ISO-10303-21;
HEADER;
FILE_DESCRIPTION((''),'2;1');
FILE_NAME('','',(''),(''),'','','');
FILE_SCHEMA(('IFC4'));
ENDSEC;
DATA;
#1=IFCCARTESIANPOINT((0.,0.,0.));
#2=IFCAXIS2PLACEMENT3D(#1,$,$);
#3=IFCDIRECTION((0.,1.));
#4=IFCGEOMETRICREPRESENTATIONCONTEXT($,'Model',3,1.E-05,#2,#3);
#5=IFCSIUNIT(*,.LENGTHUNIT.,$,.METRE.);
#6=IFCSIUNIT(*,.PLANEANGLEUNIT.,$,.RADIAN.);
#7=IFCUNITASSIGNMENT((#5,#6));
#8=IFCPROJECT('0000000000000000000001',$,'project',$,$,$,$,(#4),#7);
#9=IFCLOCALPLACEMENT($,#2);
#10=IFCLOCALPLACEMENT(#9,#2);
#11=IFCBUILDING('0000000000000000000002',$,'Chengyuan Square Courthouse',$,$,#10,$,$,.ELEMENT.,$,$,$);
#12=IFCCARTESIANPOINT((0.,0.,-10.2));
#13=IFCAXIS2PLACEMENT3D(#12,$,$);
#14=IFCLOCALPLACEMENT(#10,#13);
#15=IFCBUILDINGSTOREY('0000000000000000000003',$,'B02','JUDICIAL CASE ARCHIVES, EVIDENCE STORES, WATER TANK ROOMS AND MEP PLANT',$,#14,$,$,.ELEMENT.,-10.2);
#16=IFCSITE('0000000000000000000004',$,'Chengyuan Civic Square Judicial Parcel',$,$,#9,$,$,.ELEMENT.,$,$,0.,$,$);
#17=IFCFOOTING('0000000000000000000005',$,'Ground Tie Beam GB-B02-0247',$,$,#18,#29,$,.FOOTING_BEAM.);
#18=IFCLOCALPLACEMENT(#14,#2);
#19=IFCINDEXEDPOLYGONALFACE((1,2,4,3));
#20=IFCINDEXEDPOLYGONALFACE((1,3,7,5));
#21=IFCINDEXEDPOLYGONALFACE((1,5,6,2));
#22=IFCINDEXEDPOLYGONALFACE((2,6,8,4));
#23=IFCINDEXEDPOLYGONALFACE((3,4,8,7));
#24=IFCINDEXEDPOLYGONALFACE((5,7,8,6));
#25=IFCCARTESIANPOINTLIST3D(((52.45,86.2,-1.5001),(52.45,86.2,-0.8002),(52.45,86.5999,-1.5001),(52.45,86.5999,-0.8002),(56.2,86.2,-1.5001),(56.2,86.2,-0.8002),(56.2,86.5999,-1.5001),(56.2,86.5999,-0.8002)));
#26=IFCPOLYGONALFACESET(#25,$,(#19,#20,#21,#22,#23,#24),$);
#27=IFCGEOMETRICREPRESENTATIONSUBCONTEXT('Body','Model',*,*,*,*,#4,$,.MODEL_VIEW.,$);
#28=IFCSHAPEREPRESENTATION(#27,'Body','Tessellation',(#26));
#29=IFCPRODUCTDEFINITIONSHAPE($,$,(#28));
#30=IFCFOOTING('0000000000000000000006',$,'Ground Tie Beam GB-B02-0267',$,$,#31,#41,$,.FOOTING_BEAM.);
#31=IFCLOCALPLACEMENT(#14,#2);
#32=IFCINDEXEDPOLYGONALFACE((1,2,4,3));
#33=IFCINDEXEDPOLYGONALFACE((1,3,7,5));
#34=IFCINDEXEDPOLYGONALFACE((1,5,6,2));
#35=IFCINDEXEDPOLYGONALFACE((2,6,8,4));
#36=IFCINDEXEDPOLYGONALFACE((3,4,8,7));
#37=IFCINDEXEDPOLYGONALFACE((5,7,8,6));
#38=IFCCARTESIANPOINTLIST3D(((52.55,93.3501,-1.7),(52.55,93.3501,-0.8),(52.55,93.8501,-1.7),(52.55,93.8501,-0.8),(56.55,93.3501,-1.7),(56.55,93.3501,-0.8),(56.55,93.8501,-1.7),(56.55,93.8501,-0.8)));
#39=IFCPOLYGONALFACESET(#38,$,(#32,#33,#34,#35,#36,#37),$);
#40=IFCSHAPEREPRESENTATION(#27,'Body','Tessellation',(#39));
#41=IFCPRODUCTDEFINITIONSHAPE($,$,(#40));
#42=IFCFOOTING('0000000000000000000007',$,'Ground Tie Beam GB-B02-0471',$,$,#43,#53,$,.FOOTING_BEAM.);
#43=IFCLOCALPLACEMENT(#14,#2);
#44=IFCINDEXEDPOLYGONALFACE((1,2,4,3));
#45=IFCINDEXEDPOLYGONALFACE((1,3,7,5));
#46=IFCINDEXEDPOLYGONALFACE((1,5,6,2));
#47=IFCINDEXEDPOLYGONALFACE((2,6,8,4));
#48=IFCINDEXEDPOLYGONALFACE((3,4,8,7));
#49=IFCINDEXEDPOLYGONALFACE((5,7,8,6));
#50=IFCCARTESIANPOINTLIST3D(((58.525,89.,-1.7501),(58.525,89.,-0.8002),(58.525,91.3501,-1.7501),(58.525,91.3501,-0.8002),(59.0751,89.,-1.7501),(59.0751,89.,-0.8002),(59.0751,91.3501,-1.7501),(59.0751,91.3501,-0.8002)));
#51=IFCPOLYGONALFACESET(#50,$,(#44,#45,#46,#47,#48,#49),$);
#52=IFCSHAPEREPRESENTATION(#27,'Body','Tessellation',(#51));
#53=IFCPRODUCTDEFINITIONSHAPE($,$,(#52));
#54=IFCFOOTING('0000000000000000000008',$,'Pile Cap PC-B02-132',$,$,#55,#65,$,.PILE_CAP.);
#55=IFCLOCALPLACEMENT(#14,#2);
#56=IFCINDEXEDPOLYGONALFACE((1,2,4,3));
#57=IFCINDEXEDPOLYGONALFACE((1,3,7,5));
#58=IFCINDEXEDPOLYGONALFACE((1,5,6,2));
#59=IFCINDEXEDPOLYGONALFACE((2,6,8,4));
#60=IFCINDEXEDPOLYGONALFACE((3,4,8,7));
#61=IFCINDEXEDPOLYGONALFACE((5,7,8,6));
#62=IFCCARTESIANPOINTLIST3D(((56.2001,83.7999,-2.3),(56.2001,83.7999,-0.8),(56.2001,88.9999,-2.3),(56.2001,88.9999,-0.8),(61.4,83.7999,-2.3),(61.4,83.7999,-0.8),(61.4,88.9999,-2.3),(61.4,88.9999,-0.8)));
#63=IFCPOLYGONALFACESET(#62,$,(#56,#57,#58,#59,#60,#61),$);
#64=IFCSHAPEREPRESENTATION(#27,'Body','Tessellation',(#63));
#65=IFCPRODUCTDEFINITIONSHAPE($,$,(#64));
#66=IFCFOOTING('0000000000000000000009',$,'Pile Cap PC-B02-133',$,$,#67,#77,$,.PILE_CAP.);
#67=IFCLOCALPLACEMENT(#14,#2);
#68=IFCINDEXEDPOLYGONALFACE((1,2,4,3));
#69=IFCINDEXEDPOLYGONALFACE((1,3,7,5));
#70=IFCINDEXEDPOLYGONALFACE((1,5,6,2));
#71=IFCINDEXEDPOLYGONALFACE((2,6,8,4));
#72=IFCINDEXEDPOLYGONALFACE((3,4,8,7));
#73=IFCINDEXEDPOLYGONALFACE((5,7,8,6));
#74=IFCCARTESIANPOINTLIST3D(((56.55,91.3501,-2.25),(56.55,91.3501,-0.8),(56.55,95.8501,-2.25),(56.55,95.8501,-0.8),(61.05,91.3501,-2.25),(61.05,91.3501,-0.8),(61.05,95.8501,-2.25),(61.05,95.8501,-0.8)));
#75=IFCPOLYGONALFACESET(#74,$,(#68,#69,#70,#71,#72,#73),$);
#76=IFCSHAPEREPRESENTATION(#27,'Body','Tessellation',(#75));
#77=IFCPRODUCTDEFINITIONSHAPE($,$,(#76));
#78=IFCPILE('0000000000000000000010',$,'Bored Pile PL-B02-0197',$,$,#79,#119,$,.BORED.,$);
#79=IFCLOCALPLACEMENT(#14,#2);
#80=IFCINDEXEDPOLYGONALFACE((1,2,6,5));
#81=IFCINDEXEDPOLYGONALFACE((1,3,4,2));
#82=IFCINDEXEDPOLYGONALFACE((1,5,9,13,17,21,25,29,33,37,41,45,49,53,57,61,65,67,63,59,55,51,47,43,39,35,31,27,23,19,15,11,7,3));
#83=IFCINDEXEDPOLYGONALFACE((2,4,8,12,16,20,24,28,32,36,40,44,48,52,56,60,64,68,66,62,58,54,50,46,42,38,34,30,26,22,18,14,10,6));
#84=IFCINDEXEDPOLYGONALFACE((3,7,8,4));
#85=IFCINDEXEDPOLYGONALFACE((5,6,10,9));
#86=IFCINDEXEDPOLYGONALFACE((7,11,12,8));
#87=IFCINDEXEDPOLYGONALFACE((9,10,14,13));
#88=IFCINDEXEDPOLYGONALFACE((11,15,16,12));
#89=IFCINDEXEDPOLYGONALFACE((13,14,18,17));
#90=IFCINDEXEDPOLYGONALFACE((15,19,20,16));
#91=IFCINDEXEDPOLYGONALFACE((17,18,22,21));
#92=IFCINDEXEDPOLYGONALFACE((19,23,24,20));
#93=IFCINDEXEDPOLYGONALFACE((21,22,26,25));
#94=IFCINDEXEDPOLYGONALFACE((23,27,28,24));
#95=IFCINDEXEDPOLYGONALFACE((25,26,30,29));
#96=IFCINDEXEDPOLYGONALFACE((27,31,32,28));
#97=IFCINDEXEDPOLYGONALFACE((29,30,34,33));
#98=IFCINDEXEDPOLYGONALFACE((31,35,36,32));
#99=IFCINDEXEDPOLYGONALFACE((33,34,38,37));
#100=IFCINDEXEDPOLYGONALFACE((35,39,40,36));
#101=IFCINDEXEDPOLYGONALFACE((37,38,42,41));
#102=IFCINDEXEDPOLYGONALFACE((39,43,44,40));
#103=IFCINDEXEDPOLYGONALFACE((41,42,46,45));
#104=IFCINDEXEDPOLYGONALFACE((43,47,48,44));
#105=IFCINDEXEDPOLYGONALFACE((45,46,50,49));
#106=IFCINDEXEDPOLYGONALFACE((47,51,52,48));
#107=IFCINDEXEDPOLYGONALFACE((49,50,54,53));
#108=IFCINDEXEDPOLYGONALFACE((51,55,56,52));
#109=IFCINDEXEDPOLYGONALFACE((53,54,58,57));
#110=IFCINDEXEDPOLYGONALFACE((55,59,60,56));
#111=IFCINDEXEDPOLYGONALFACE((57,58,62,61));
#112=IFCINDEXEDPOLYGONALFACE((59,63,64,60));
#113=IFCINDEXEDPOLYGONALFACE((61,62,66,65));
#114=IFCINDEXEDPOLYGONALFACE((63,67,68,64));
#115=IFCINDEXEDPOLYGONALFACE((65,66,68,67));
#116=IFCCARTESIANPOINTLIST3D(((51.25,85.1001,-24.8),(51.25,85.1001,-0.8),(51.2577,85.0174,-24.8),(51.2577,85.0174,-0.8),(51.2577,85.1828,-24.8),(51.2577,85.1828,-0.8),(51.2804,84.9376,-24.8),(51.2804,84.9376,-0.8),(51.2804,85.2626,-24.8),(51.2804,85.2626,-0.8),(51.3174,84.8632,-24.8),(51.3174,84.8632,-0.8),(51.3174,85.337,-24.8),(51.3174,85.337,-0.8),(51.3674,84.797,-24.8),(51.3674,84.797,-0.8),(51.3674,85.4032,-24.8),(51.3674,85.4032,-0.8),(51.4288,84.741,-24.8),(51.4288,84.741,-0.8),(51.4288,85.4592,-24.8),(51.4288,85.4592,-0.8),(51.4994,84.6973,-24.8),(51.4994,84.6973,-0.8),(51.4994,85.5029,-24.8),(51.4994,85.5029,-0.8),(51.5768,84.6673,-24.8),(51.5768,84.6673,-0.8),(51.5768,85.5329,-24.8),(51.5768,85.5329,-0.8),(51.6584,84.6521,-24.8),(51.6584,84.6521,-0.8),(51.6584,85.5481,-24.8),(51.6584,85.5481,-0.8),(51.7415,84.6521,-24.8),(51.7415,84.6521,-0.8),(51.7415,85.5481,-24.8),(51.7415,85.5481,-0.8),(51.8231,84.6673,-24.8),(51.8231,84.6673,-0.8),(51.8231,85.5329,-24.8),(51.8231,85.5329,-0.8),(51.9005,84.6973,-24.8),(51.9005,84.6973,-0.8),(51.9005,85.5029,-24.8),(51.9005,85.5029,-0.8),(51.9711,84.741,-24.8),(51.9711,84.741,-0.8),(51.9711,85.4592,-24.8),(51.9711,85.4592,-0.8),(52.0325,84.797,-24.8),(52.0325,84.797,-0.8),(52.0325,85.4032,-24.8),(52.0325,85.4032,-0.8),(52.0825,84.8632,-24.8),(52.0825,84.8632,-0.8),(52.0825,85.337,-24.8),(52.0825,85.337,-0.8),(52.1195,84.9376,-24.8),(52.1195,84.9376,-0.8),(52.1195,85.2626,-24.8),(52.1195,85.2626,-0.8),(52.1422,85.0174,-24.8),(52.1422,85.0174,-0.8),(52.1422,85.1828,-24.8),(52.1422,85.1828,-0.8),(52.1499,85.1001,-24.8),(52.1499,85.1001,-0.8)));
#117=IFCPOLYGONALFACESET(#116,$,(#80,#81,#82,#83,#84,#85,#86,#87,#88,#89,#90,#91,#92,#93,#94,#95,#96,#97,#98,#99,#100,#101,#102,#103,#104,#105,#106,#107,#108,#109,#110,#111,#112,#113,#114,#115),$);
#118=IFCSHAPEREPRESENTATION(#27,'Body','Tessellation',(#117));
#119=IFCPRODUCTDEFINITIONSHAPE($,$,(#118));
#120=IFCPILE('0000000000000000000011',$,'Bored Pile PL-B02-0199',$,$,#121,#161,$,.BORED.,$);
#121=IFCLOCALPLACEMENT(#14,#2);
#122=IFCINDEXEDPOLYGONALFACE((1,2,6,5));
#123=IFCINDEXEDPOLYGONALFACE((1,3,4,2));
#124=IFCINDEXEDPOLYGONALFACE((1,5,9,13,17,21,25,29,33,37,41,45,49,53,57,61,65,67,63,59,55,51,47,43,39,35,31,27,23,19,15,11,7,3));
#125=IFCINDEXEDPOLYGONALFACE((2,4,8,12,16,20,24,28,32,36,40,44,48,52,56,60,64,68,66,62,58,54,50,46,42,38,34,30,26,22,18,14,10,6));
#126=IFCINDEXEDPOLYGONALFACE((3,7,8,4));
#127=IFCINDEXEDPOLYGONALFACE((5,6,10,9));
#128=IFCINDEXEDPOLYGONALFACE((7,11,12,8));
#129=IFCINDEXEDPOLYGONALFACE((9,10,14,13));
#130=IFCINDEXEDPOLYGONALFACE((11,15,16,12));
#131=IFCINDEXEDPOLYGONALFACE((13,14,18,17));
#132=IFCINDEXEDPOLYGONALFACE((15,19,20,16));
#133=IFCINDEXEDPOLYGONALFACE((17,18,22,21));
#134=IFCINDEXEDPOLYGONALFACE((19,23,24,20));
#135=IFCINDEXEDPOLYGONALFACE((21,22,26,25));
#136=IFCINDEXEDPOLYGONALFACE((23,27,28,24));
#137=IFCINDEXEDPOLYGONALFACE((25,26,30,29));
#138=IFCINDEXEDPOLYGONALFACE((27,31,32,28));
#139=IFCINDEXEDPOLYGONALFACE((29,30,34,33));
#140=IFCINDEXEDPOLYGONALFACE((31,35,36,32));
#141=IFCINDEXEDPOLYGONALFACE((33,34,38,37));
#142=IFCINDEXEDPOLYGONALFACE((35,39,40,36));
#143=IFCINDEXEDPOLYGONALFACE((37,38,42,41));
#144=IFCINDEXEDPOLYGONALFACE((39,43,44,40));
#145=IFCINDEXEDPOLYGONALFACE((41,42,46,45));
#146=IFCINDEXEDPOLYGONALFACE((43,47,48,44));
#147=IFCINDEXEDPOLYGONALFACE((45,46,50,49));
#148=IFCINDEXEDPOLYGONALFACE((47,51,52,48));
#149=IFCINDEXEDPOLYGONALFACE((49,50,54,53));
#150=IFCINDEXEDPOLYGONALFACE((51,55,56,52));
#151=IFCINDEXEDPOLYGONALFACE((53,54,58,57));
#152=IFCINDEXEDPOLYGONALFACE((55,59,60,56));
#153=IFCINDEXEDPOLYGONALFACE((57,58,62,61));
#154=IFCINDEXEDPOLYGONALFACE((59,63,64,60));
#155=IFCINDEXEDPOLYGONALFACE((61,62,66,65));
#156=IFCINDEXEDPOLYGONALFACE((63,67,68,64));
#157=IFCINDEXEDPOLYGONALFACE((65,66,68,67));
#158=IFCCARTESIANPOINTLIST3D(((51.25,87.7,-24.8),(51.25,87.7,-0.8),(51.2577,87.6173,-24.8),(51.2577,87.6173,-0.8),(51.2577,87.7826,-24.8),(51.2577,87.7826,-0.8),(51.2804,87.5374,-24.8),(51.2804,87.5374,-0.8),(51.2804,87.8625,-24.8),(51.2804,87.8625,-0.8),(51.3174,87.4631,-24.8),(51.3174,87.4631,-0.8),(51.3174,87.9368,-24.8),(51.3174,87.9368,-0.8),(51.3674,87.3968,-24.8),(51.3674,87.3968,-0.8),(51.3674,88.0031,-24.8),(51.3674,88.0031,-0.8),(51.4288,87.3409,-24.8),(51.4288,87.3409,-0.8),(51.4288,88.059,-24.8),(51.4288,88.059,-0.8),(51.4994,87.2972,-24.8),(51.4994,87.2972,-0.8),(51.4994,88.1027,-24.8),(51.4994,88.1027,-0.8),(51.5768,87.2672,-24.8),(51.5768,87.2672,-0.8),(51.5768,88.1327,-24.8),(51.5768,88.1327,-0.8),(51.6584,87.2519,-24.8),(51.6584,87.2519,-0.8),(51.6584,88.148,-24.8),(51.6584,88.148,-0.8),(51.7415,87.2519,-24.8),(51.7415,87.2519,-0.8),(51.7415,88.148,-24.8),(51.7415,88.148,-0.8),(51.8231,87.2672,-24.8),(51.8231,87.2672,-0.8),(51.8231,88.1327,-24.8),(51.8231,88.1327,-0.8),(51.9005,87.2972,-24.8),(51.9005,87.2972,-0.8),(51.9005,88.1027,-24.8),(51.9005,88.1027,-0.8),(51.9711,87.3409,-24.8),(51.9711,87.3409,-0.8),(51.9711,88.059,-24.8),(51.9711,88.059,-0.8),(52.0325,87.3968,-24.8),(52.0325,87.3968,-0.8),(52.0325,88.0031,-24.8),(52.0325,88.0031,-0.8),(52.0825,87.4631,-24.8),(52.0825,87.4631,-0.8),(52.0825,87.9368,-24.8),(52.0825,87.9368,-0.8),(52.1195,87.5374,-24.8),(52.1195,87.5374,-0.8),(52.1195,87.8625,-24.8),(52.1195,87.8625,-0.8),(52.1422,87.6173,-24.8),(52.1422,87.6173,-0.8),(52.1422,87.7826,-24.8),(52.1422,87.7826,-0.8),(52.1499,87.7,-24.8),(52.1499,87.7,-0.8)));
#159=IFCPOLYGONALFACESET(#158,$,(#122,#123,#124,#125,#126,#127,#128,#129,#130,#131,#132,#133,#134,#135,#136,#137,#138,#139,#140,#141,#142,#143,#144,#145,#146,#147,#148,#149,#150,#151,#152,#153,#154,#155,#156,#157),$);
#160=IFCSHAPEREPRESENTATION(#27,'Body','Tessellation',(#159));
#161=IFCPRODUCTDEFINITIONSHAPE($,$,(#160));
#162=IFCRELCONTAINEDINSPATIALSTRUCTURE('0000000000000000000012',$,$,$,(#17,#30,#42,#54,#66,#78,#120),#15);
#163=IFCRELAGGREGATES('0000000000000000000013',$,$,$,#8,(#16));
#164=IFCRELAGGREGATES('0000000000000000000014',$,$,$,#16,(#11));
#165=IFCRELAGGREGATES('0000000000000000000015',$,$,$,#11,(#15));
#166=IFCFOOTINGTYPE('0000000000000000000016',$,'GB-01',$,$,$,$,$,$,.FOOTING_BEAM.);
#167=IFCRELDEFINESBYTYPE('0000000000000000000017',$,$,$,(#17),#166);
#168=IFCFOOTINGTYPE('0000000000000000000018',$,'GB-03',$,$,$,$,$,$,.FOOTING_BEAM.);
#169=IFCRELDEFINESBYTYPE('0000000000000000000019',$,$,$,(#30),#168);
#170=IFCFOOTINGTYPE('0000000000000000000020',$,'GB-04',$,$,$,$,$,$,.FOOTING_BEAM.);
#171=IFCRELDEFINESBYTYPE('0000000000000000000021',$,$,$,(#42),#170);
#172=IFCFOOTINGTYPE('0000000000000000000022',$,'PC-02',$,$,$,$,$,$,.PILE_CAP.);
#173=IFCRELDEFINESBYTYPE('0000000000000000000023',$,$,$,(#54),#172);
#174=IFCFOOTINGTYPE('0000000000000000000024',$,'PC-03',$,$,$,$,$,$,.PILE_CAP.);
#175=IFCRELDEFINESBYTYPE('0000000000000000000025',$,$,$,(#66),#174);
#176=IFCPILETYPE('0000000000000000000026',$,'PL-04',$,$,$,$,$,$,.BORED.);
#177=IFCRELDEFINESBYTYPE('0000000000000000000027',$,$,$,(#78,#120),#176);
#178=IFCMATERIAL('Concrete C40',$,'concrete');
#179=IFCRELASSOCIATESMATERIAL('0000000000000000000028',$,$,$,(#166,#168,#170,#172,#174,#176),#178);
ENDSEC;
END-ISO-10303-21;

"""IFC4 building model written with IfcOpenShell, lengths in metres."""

from ifc_helpers import new_model, si_unit, direction, frame, origin, origin_2d, place, context, subcontext, project, spatial, rectangle, circle, extrude, material, material_profile, profile_set, type_object, element, save


model = new_model("IFC4")

# Units and contexts
model_context = context("Model", 3, precision=1e-05, world=origin(), true_north=direction((0.0, 1.0)))
body_context = subcontext(model_context, "Body", "Model", "MODEL_VIEW")
ifc_project = project(units=[si_unit("LENGTHUNIT", "METRE"), si_unit("PLANEANGLEUNIT", "RADIAN")], contexts=[model_context])

# Site, building, storey
site_placement = place(None, origin())
site = spatial("IfcSite", under=ifc_project, at=site_placement, Name="Chengyuan Civic Square Judicial Parcel", CompositionType="ELEMENT", RefElevation=0.0)
building_placement = place(site_placement, origin())
building = spatial("IfcBuilding", under=site, at=building_placement, Name="Chengyuan Square Courthouse", CompositionType="ELEMENT")
storey_placement = place(building_placement, frame((0.0, 0.0, -10.2)))
storey = spatial("IfcBuildingStorey", under=building, at=storey_placement, Name="B02", Description="JUDICIAL CASE ARCHIVES, EVIDENCE STORES, WATER TANK ROOMS AND MEP PLANT", CompositionType="ELEMENT", Elevation=-10.2)

# Footings
ifc_material_1 = material(Name="Concrete C40", Category="concrete")
ifc_material_profile_1 = material_profile(ifc_material_1, rectangle(XDim=0.3999, YDim=0.7, at=origin_2d()), Name="GB-400x700")
ifc_profile_set_1 = profile_set([ifc_material_profile_1], Name="Concrete C40")
footing_type_1 = type_object("IfcFootingType", Name="GB-01", PredefinedType="FOOTING_BEAM", material=ifc_profile_set_1)
footing_1_placement = place(storey_placement, frame((52.45, 86.3999, -1.1501), z_axis=(1.0, 0.0, 0.0), x_axis=(0.0, 1.0, 0.0)))
element("IfcFooting", 1, at=footing_1_placement, inside=storey, type_object=footing_type_1, Name="Ground Tie Beam GB-B02-0247", PredefinedType="FOOTING_BEAM", context=body_context, shape_type="SweptSolid", body=[
    extrude(rectangle(XDim=0.3999, YDim=0.7, at=origin_2d()), origin(), (0.0, 0.0, 1.0), 3.75),
])
ifc_material_profile_2 = material_profile(ifc_material_1, rectangle(XDim=0.5, YDim=0.8999, at=origin_2d()), Name="GB-500x900")
ifc_profile_set_2 = profile_set([ifc_material_profile_2], Name="Concrete C40")
footing_type_2 = type_object("IfcFootingType", Name="GB-03", PredefinedType="FOOTING_BEAM", material=ifc_profile_set_2)
footing_2_placement = place(storey_placement, frame((52.55, 93.6001, -1.25), z_axis=(1.0, 0.0, 0.0), x_axis=(0.0, 1.0, 0.0)))
element("IfcFooting", 2, at=footing_2_placement, inside=storey, type_object=footing_type_2, Name="Ground Tie Beam GB-B02-0267", PredefinedType="FOOTING_BEAM", context=body_context, shape_type="SweptSolid", body=[
    extrude(rectangle(XDim=0.5, YDim=0.8999, at=origin_2d()), origin(), (0.0, 0.0, 1.0), 4.0),
])
ifc_material_profile_3 = material_profile(ifc_material_1, rectangle(XDim=0.55, YDim=0.95, at=origin_2d()), Name="GB-550x950")
ifc_profile_set_3 = profile_set([ifc_material_profile_3], Name="Concrete C40")
footing_type_3 = type_object("IfcFootingType", Name="GB-04", PredefinedType="FOOTING_BEAM", material=ifc_profile_set_3)
footing_3_placement = place(storey_placement, frame((58.8, 89.0, -1.2751), z_axis=(0.0, 1.0, 0.0), x_axis=(-1.0, 0.0, 0.0)))
element("IfcFooting", 3, at=footing_3_placement, inside=storey, type_object=footing_type_3, Name="Ground Tie Beam GB-B02-0471", PredefinedType="FOOTING_BEAM", context=body_context, shape_type="SweptSolid", body=[
    extrude(rectangle(XDim=0.55, YDim=0.95, at=origin_2d()), origin(), (0.0, 0.0, 1.0), 2.3501),
])
footing_type_4 = type_object("IfcFootingType", Name="PC-02", PredefinedType="PILE_CAP", material=ifc_material_1)
footing_4_placement = place(storey_placement, frame((58.8, 86.3999, -2.3), z_axis=(0.0, 0.0, 1.0), x_axis=(1.0, 0.0, 0.0)))
element("IfcFooting", 4, at=footing_4_placement, inside=storey, type_object=footing_type_4, Name="Pile Cap PC-B02-132", PredefinedType="PILE_CAP", context=body_context, shape_type="SweptSolid", body=[
    extrude(rectangle(XDim=5.2, YDim=5.2, at=origin_2d()), origin(), (0.0, 0.0, 1.0), 1.5),
])
footing_type_5 = type_object("IfcFootingType", Name="PC-03", PredefinedType="PILE_CAP", material=ifc_material_1)
footing_5_placement = place(storey_placement, frame((58.8, 93.6001, -2.25), z_axis=(0.0, 0.0, 1.0), x_axis=(1.0, 0.0, 0.0)))
element("IfcFooting", 5, at=footing_5_placement, inside=storey, type_object=footing_type_5, Name="Pile Cap PC-B02-133", PredefinedType="PILE_CAP", context=body_context, shape_type="SweptSolid", body=[
    extrude(rectangle(XDim=4.5, YDim=4.5, at=origin_2d()), origin(), (0.0, 0.0, 1.0), 1.45),
])

# Piles
ifc_material_profile_4 = material_profile(ifc_material_1, circle(Radius=0.45, at=origin_2d()), Name="BORED PILE D900")
ifc_profile_set_4 = profile_set([ifc_material_profile_4], Name="Concrete C40")
pile_type_1 = type_object("IfcPileType", Name="PL-04", PredefinedType="BORED", material=ifc_profile_set_4)
for number, where, z_axis, x_axis, name in (
    (6, (51.7, 85.1001, -0.8), (0.0, 0.0, -1.0), (1.0, 0.0, 0.0), "Bored Pile PL-B02-0197"),
    (7, (51.7, 87.7, -0.8), (0.0, 0.0, -1.0), (1.0, 0.0, 0.0), "Bored Pile PL-B02-0199"),
):
    element("IfcPile", number, at=place(storey_placement, frame(where, z_axis=z_axis, x_axis=x_axis)), inside=storey, type_object=pile_type_1, Name=name, PredefinedType="BORED", context=body_context, shape_type="SweptSolid", body=[
        extrude(circle(Radius=0.45, at=origin_2d()), origin(), (0.0, 0.0, 1.0), 24.0),
    ])

save(model, "model.ifc")
